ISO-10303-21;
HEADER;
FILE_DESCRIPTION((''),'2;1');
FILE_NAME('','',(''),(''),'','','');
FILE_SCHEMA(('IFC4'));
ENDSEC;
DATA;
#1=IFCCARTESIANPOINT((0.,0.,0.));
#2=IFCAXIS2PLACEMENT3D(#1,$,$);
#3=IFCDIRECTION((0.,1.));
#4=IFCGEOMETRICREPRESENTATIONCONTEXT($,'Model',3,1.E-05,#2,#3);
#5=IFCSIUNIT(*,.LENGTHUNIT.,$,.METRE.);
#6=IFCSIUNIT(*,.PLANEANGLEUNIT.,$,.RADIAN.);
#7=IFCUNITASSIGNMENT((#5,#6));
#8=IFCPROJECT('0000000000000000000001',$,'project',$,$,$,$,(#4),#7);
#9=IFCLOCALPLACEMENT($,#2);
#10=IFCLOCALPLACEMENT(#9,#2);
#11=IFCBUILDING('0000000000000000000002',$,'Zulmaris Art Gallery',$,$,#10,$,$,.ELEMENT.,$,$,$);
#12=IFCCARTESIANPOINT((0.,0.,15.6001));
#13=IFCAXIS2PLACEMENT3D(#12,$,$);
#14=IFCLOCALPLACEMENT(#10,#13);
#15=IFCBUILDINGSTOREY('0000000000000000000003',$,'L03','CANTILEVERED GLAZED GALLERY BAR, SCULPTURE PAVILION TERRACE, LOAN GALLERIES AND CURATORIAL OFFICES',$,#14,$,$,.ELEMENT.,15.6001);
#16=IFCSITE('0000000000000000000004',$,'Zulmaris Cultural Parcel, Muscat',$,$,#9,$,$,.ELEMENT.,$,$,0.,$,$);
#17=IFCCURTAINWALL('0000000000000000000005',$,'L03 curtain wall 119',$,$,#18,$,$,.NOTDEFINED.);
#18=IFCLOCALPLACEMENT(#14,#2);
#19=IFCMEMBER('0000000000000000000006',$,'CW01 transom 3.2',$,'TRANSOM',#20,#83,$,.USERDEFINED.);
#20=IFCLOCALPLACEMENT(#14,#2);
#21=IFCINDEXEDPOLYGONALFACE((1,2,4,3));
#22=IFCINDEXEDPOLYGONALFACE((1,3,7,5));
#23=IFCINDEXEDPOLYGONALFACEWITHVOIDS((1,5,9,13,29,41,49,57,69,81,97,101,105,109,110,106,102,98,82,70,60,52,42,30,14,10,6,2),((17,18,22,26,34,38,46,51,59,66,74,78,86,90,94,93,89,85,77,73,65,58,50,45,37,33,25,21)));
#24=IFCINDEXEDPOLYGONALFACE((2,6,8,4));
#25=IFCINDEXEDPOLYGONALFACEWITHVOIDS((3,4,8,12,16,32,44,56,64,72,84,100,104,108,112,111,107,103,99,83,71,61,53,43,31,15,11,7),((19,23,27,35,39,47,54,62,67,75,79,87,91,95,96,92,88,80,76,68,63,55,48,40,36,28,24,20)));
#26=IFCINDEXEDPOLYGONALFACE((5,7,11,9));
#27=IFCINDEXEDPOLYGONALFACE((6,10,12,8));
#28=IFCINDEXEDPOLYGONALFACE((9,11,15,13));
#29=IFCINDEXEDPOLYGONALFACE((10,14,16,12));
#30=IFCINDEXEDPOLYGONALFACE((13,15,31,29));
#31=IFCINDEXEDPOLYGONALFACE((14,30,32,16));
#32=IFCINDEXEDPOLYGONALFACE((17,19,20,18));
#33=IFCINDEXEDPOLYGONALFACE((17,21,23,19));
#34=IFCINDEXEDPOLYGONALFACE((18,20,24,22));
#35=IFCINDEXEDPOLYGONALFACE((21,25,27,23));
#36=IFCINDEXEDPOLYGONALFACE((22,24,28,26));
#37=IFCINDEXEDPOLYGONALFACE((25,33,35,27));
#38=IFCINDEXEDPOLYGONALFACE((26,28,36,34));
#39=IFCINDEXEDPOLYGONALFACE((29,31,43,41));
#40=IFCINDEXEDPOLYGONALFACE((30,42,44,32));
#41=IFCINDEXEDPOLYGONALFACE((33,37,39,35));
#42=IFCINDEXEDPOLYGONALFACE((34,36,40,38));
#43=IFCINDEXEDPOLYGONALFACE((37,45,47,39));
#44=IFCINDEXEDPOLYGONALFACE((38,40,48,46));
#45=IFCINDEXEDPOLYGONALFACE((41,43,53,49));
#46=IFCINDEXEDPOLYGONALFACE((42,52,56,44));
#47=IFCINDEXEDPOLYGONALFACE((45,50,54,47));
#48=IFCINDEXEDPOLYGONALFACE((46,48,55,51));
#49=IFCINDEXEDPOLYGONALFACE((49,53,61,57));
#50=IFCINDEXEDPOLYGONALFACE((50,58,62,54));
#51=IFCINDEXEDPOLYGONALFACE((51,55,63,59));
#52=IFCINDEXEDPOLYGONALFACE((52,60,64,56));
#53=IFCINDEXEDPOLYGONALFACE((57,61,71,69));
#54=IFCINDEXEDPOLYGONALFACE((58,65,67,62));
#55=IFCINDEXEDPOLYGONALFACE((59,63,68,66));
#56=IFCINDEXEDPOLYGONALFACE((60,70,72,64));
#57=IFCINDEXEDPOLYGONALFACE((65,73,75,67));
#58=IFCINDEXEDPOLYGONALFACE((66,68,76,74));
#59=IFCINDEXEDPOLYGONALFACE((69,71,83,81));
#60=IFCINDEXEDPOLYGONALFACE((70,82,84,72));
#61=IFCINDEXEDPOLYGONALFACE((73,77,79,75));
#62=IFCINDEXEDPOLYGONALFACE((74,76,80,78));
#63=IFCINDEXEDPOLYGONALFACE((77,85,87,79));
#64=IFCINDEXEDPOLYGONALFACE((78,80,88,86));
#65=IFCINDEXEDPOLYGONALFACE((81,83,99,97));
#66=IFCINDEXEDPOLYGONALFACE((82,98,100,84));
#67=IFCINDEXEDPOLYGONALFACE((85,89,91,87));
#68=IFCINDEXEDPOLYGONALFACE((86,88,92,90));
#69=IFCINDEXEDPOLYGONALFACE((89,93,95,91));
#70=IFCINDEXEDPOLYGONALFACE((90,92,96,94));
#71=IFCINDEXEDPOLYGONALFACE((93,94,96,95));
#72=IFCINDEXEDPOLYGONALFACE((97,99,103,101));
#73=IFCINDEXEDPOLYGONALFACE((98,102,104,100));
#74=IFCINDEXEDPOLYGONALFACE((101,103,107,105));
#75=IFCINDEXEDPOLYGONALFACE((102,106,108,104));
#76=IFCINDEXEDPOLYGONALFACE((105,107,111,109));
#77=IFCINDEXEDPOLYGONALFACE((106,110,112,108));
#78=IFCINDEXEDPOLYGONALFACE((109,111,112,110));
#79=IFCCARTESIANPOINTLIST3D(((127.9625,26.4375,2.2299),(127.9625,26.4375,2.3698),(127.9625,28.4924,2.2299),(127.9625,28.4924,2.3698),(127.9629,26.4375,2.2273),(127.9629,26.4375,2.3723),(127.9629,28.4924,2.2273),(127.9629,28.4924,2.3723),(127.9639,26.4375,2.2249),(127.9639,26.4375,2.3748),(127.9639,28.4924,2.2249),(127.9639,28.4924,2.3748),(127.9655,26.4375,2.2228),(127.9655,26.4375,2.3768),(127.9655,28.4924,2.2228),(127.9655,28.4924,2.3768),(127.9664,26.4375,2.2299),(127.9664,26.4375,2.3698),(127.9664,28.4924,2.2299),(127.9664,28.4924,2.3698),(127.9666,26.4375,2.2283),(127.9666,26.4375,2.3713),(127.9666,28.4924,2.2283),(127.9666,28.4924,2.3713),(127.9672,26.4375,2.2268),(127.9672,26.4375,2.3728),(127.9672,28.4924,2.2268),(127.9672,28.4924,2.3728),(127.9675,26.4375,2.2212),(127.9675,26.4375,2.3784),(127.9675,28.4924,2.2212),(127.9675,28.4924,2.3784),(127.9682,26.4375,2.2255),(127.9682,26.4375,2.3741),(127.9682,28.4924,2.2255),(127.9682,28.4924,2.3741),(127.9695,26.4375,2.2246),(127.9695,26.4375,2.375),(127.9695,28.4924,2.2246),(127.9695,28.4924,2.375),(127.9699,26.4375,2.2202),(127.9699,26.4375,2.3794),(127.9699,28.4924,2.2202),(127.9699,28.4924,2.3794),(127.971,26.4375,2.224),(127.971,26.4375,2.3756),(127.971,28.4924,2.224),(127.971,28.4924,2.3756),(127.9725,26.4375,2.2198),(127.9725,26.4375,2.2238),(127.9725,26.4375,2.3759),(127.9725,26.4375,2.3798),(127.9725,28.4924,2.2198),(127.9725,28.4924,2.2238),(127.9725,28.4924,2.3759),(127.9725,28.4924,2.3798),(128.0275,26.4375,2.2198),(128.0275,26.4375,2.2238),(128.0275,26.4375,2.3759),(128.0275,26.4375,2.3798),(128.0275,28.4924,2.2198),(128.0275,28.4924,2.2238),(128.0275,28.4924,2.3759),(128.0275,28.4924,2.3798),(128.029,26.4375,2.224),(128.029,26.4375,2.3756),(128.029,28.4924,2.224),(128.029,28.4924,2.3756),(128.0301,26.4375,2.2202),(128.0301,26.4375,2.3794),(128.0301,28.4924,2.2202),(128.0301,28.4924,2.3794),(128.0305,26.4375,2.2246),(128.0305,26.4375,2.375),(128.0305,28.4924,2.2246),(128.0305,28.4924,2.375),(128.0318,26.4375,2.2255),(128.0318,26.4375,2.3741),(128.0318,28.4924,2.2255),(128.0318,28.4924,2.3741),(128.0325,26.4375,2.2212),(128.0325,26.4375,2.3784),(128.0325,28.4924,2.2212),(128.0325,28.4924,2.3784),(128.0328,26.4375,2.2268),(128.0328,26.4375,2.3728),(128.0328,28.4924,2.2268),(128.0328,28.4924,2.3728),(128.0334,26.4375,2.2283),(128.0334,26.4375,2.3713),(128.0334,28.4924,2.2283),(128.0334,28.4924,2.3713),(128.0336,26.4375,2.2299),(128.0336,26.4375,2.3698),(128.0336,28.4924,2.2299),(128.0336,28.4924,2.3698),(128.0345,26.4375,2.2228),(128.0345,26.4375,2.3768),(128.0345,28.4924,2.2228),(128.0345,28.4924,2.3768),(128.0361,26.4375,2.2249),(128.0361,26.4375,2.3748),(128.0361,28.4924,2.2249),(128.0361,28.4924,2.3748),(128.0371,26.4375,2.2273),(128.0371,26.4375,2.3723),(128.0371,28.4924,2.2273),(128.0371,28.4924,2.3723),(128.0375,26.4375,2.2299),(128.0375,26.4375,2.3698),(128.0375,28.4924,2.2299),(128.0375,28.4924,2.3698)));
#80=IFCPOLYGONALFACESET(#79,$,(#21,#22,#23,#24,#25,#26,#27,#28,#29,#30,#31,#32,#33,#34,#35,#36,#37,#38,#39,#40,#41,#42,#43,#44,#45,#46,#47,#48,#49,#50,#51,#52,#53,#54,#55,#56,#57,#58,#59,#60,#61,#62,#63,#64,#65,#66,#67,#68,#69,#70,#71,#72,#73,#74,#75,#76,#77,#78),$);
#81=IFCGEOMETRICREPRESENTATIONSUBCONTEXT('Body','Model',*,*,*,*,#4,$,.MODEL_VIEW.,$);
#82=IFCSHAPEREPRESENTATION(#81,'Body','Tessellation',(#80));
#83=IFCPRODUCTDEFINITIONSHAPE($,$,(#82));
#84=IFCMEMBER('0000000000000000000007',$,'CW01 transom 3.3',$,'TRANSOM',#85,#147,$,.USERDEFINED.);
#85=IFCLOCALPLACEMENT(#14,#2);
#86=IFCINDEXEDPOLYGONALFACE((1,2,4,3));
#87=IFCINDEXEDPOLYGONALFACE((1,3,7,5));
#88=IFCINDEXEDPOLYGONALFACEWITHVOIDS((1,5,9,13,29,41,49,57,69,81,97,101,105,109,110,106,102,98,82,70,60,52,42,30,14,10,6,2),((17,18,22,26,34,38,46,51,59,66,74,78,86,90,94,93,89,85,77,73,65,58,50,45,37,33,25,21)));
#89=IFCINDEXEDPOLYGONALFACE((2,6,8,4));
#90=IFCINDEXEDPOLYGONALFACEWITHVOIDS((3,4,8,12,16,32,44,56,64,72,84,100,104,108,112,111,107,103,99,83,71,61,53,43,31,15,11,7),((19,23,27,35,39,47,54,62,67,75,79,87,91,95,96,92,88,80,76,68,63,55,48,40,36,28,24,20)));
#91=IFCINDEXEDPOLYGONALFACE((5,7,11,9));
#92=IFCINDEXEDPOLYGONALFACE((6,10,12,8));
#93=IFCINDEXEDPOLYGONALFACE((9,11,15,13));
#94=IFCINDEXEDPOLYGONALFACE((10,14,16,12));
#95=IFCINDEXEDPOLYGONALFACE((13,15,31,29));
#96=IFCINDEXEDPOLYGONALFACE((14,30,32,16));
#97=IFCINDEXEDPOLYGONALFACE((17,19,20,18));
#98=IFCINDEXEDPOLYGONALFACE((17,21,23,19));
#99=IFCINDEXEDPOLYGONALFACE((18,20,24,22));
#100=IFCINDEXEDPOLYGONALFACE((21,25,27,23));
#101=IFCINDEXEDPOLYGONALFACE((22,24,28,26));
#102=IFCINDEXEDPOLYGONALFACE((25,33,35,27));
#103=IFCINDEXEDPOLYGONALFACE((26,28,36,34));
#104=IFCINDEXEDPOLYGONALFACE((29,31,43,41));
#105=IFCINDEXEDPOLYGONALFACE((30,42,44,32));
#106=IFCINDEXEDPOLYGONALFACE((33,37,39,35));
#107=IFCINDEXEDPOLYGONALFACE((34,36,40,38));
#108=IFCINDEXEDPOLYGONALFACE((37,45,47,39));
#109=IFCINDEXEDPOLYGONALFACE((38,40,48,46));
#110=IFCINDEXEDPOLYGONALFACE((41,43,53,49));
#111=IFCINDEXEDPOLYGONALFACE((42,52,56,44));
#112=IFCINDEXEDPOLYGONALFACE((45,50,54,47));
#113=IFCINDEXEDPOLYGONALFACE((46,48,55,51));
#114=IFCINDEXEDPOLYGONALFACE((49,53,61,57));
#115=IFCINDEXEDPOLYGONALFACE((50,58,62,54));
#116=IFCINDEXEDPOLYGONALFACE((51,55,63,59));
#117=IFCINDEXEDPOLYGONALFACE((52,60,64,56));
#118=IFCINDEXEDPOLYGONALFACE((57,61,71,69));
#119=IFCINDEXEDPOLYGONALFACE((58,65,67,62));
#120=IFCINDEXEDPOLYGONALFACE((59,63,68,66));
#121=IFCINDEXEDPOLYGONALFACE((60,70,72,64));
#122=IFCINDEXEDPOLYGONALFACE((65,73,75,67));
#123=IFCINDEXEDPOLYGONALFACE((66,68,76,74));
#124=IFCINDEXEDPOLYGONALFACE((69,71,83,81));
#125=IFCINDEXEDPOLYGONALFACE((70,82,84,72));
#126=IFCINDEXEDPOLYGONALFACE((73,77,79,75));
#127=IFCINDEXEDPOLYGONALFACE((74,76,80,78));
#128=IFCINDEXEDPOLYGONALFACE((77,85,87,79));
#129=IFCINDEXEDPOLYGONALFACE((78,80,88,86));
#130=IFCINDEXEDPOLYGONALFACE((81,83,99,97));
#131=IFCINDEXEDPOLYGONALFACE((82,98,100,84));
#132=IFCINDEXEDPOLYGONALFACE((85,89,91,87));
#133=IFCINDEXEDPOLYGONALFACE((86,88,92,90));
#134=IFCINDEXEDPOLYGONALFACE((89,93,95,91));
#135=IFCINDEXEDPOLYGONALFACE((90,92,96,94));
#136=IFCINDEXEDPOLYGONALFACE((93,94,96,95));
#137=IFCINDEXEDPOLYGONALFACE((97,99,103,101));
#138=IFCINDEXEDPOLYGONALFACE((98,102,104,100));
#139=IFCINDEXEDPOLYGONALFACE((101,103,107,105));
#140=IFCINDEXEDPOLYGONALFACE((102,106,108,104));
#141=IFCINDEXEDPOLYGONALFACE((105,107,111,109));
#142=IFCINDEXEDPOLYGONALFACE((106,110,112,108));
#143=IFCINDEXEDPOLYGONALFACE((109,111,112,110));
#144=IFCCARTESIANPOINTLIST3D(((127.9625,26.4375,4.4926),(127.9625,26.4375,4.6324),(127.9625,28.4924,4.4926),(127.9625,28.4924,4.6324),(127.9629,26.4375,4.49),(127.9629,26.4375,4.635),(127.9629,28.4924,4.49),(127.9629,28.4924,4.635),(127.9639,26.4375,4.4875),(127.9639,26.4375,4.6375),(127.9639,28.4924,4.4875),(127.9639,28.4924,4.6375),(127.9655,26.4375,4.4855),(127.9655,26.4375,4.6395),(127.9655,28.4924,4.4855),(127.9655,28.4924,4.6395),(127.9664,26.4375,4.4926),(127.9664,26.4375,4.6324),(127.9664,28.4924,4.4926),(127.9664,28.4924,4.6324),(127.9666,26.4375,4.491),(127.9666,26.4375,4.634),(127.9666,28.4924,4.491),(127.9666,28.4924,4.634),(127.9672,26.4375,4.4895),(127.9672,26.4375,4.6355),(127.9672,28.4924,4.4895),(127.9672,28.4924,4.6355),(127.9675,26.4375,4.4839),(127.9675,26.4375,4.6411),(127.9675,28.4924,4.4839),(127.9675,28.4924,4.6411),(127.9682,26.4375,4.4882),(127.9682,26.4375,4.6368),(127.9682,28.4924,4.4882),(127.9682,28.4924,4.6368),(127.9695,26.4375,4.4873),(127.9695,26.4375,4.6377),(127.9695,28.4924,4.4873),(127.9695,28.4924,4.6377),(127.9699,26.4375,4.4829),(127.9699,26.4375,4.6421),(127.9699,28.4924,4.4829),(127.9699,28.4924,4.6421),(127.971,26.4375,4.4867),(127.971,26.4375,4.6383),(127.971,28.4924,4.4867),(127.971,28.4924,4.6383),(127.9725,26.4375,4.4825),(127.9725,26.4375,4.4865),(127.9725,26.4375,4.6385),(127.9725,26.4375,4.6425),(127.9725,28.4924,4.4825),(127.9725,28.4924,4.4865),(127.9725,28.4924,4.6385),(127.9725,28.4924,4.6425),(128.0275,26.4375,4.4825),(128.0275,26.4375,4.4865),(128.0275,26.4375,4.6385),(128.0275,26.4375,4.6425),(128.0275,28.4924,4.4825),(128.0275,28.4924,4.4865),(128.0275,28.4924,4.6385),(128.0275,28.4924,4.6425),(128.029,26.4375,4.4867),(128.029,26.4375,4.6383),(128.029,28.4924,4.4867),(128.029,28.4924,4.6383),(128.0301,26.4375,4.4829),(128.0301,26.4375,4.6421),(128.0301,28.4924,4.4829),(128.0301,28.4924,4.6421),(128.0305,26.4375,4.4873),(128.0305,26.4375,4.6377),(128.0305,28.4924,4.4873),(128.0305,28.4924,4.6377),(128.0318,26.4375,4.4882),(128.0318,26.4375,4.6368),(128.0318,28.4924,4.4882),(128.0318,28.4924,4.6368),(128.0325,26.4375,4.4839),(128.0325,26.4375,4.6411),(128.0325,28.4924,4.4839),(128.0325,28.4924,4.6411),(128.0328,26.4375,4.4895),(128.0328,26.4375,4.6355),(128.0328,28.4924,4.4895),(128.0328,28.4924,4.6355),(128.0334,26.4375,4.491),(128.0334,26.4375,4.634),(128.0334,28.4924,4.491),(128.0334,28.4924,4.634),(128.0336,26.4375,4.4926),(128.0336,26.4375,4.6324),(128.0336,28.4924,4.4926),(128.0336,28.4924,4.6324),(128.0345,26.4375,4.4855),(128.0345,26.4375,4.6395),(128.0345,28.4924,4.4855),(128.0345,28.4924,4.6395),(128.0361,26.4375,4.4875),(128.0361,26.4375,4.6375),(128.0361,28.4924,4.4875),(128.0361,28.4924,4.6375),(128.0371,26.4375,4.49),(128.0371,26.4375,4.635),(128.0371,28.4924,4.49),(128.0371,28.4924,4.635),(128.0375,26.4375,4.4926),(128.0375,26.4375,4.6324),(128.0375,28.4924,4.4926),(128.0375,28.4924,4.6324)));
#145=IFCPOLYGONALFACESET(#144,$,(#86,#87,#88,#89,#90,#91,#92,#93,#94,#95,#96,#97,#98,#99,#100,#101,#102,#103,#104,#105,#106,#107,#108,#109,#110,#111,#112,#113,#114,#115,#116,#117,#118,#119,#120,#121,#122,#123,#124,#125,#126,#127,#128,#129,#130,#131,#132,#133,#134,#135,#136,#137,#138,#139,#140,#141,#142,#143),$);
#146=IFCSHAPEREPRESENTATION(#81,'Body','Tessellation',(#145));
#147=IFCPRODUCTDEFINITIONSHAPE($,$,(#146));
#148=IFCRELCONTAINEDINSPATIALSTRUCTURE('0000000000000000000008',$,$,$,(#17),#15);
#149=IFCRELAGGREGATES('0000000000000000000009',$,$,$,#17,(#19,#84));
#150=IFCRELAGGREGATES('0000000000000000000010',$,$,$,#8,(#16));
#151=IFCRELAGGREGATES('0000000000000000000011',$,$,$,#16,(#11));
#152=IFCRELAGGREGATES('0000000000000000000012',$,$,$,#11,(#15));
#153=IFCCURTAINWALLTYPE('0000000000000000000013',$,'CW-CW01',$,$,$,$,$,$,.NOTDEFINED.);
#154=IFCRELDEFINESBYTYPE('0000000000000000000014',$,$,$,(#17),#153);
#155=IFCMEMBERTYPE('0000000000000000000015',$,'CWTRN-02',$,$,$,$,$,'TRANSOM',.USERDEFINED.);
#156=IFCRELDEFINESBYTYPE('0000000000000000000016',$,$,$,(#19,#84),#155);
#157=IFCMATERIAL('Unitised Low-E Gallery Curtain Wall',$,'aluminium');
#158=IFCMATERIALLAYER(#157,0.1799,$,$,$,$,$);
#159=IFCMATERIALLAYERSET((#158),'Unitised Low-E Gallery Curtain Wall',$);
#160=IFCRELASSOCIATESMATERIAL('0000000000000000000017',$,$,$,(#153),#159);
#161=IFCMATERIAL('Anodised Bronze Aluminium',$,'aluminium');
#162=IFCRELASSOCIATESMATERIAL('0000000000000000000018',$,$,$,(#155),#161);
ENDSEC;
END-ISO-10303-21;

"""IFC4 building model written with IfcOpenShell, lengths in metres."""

from ifc_helpers import new_model, si_unit, direction, frame, origin, origin_2d, place, context, subcontext, project, spatial, hollow_rectangle, extrude, material, layer, layer_set, material_profile, profile_set, type_object, element, aggregate, save


model = new_model("IFC4")

# Units and contexts
model_context = context("Model", 3, precision=1e-05, world=origin(), true_north=direction((0.0, 1.0)))
body_context = subcontext(model_context, "Body", "Model", "MODEL_VIEW")
ifc_project = project(units=[si_unit("LENGTHUNIT", "METRE"), si_unit("PLANEANGLEUNIT", "RADIAN")], contexts=[model_context])

# Site, building, storey
site_placement = place(None, origin())
site = spatial("IfcSite", under=ifc_project, at=site_placement, Name="Zulmaris Cultural Parcel, Muscat", CompositionType="ELEMENT", RefElevation=0.0)
building_placement = place(site_placement, origin())
building = spatial("IfcBuilding", under=site, at=building_placement, Name="Zulmaris Art Gallery", CompositionType="ELEMENT")
storey_placement = place(building_placement, frame((0.0, 0.0, 15.6001)))
storey = spatial("IfcBuildingStorey", under=building, at=storey_placement, Name="L03", Description="CANTILEVERED GLAZED GALLERY BAR, SCULPTURE PAVILION TERRACE, LOAN GALLERIES AND CURATORIAL OFFICES", CompositionType="ELEMENT", Elevation=15.6001)

# Curtain wall, members
ifc_material_1 = material(Name="Unitised Low-E Gallery Curtain Wall", Category="aluminium")
ifc_layer_1 = layer(ifc_material_1, 0.1799)
ifc_layer_set_1 = layer_set([ifc_layer_1], Name="Unitised Low-E Gallery Curtain Wall")
curtain_wall_type = type_object("IfcCurtainWallType", Name="CW-CW01", PredefinedType="NOTDEFINED", material=ifc_layer_set_1)
curtain_wall_placement = place(storey_placement, origin())
curtain_wall = element("IfcCurtainWall", 1, at=curtain_wall_placement, inside=storey, type_object=curtain_wall_type, Name="L03 curtain wall 119", PredefinedType="NOTDEFINED")
ifc_material_2 = material(Name="Anodised Bronze Aluminium", Category="aluminium")
ifc_material_profile_1 = material_profile(ifc_material_2, hollow_rectangle(XDim=0.075, YDim=0.1599, WallThickness=0.0039, InnerFilletRadius=0.0061, OuterFilletRadius=0.01, at=origin_2d()), Name="ALU 75x160x4")
ifc_profile_set_1 = profile_set([ifc_material_profile_1], Name="Anodised Bronze Aluminium")
member_type_1 = type_object("IfcMemberType", Name="CWTRN-02", ElementType="TRANSOM", PredefinedType="USERDEFINED", material=ifc_profile_set_1)
member_1_placement = place(storey_placement, frame((128.0, 26.4375, 2.2998), z_axis=(0.0, 1.0, 0.0), x_axis=(-1.0, 0.0, 0.0)))
member_1 = element("IfcMember", 2, at=member_1_placement, type_object=member_type_1, Name="CW01 transom 3.2", ObjectType="TRANSOM", PredefinedType="USERDEFINED", context=body_context, shape_type="SweptSolid", body=[
    extrude(hollow_rectangle(XDim=0.075, YDim=0.1599, WallThickness=0.0039, InnerFilletRadius=0.0061, OuterFilletRadius=0.01, at=origin_2d()), origin(), (0.0, 0.0, 1.0), 2.0549),
])
member_2_placement = place(storey_placement, frame((128.0, 26.4375, 4.5625), z_axis=(0.0, 1.0, 0.0), x_axis=(-1.0, 0.0, 0.0)))
member_2 = element("IfcMember", 3, at=member_2_placement, type_object=member_type_1, Name="CW01 transom 3.3", ObjectType="TRANSOM", PredefinedType="USERDEFINED", context=body_context, shape_type="SweptSolid", body=[
    extrude(hollow_rectangle(XDim=0.075, YDim=0.1599, WallThickness=0.0039, InnerFilletRadius=0.0061, OuterFilletRadius=0.01, at=origin_2d()), origin(), (0.0, 0.0, 1.0), 2.0549),
])
aggregate(curtain_wall, [member_1, member_2])

save(model, "model.ifc")
